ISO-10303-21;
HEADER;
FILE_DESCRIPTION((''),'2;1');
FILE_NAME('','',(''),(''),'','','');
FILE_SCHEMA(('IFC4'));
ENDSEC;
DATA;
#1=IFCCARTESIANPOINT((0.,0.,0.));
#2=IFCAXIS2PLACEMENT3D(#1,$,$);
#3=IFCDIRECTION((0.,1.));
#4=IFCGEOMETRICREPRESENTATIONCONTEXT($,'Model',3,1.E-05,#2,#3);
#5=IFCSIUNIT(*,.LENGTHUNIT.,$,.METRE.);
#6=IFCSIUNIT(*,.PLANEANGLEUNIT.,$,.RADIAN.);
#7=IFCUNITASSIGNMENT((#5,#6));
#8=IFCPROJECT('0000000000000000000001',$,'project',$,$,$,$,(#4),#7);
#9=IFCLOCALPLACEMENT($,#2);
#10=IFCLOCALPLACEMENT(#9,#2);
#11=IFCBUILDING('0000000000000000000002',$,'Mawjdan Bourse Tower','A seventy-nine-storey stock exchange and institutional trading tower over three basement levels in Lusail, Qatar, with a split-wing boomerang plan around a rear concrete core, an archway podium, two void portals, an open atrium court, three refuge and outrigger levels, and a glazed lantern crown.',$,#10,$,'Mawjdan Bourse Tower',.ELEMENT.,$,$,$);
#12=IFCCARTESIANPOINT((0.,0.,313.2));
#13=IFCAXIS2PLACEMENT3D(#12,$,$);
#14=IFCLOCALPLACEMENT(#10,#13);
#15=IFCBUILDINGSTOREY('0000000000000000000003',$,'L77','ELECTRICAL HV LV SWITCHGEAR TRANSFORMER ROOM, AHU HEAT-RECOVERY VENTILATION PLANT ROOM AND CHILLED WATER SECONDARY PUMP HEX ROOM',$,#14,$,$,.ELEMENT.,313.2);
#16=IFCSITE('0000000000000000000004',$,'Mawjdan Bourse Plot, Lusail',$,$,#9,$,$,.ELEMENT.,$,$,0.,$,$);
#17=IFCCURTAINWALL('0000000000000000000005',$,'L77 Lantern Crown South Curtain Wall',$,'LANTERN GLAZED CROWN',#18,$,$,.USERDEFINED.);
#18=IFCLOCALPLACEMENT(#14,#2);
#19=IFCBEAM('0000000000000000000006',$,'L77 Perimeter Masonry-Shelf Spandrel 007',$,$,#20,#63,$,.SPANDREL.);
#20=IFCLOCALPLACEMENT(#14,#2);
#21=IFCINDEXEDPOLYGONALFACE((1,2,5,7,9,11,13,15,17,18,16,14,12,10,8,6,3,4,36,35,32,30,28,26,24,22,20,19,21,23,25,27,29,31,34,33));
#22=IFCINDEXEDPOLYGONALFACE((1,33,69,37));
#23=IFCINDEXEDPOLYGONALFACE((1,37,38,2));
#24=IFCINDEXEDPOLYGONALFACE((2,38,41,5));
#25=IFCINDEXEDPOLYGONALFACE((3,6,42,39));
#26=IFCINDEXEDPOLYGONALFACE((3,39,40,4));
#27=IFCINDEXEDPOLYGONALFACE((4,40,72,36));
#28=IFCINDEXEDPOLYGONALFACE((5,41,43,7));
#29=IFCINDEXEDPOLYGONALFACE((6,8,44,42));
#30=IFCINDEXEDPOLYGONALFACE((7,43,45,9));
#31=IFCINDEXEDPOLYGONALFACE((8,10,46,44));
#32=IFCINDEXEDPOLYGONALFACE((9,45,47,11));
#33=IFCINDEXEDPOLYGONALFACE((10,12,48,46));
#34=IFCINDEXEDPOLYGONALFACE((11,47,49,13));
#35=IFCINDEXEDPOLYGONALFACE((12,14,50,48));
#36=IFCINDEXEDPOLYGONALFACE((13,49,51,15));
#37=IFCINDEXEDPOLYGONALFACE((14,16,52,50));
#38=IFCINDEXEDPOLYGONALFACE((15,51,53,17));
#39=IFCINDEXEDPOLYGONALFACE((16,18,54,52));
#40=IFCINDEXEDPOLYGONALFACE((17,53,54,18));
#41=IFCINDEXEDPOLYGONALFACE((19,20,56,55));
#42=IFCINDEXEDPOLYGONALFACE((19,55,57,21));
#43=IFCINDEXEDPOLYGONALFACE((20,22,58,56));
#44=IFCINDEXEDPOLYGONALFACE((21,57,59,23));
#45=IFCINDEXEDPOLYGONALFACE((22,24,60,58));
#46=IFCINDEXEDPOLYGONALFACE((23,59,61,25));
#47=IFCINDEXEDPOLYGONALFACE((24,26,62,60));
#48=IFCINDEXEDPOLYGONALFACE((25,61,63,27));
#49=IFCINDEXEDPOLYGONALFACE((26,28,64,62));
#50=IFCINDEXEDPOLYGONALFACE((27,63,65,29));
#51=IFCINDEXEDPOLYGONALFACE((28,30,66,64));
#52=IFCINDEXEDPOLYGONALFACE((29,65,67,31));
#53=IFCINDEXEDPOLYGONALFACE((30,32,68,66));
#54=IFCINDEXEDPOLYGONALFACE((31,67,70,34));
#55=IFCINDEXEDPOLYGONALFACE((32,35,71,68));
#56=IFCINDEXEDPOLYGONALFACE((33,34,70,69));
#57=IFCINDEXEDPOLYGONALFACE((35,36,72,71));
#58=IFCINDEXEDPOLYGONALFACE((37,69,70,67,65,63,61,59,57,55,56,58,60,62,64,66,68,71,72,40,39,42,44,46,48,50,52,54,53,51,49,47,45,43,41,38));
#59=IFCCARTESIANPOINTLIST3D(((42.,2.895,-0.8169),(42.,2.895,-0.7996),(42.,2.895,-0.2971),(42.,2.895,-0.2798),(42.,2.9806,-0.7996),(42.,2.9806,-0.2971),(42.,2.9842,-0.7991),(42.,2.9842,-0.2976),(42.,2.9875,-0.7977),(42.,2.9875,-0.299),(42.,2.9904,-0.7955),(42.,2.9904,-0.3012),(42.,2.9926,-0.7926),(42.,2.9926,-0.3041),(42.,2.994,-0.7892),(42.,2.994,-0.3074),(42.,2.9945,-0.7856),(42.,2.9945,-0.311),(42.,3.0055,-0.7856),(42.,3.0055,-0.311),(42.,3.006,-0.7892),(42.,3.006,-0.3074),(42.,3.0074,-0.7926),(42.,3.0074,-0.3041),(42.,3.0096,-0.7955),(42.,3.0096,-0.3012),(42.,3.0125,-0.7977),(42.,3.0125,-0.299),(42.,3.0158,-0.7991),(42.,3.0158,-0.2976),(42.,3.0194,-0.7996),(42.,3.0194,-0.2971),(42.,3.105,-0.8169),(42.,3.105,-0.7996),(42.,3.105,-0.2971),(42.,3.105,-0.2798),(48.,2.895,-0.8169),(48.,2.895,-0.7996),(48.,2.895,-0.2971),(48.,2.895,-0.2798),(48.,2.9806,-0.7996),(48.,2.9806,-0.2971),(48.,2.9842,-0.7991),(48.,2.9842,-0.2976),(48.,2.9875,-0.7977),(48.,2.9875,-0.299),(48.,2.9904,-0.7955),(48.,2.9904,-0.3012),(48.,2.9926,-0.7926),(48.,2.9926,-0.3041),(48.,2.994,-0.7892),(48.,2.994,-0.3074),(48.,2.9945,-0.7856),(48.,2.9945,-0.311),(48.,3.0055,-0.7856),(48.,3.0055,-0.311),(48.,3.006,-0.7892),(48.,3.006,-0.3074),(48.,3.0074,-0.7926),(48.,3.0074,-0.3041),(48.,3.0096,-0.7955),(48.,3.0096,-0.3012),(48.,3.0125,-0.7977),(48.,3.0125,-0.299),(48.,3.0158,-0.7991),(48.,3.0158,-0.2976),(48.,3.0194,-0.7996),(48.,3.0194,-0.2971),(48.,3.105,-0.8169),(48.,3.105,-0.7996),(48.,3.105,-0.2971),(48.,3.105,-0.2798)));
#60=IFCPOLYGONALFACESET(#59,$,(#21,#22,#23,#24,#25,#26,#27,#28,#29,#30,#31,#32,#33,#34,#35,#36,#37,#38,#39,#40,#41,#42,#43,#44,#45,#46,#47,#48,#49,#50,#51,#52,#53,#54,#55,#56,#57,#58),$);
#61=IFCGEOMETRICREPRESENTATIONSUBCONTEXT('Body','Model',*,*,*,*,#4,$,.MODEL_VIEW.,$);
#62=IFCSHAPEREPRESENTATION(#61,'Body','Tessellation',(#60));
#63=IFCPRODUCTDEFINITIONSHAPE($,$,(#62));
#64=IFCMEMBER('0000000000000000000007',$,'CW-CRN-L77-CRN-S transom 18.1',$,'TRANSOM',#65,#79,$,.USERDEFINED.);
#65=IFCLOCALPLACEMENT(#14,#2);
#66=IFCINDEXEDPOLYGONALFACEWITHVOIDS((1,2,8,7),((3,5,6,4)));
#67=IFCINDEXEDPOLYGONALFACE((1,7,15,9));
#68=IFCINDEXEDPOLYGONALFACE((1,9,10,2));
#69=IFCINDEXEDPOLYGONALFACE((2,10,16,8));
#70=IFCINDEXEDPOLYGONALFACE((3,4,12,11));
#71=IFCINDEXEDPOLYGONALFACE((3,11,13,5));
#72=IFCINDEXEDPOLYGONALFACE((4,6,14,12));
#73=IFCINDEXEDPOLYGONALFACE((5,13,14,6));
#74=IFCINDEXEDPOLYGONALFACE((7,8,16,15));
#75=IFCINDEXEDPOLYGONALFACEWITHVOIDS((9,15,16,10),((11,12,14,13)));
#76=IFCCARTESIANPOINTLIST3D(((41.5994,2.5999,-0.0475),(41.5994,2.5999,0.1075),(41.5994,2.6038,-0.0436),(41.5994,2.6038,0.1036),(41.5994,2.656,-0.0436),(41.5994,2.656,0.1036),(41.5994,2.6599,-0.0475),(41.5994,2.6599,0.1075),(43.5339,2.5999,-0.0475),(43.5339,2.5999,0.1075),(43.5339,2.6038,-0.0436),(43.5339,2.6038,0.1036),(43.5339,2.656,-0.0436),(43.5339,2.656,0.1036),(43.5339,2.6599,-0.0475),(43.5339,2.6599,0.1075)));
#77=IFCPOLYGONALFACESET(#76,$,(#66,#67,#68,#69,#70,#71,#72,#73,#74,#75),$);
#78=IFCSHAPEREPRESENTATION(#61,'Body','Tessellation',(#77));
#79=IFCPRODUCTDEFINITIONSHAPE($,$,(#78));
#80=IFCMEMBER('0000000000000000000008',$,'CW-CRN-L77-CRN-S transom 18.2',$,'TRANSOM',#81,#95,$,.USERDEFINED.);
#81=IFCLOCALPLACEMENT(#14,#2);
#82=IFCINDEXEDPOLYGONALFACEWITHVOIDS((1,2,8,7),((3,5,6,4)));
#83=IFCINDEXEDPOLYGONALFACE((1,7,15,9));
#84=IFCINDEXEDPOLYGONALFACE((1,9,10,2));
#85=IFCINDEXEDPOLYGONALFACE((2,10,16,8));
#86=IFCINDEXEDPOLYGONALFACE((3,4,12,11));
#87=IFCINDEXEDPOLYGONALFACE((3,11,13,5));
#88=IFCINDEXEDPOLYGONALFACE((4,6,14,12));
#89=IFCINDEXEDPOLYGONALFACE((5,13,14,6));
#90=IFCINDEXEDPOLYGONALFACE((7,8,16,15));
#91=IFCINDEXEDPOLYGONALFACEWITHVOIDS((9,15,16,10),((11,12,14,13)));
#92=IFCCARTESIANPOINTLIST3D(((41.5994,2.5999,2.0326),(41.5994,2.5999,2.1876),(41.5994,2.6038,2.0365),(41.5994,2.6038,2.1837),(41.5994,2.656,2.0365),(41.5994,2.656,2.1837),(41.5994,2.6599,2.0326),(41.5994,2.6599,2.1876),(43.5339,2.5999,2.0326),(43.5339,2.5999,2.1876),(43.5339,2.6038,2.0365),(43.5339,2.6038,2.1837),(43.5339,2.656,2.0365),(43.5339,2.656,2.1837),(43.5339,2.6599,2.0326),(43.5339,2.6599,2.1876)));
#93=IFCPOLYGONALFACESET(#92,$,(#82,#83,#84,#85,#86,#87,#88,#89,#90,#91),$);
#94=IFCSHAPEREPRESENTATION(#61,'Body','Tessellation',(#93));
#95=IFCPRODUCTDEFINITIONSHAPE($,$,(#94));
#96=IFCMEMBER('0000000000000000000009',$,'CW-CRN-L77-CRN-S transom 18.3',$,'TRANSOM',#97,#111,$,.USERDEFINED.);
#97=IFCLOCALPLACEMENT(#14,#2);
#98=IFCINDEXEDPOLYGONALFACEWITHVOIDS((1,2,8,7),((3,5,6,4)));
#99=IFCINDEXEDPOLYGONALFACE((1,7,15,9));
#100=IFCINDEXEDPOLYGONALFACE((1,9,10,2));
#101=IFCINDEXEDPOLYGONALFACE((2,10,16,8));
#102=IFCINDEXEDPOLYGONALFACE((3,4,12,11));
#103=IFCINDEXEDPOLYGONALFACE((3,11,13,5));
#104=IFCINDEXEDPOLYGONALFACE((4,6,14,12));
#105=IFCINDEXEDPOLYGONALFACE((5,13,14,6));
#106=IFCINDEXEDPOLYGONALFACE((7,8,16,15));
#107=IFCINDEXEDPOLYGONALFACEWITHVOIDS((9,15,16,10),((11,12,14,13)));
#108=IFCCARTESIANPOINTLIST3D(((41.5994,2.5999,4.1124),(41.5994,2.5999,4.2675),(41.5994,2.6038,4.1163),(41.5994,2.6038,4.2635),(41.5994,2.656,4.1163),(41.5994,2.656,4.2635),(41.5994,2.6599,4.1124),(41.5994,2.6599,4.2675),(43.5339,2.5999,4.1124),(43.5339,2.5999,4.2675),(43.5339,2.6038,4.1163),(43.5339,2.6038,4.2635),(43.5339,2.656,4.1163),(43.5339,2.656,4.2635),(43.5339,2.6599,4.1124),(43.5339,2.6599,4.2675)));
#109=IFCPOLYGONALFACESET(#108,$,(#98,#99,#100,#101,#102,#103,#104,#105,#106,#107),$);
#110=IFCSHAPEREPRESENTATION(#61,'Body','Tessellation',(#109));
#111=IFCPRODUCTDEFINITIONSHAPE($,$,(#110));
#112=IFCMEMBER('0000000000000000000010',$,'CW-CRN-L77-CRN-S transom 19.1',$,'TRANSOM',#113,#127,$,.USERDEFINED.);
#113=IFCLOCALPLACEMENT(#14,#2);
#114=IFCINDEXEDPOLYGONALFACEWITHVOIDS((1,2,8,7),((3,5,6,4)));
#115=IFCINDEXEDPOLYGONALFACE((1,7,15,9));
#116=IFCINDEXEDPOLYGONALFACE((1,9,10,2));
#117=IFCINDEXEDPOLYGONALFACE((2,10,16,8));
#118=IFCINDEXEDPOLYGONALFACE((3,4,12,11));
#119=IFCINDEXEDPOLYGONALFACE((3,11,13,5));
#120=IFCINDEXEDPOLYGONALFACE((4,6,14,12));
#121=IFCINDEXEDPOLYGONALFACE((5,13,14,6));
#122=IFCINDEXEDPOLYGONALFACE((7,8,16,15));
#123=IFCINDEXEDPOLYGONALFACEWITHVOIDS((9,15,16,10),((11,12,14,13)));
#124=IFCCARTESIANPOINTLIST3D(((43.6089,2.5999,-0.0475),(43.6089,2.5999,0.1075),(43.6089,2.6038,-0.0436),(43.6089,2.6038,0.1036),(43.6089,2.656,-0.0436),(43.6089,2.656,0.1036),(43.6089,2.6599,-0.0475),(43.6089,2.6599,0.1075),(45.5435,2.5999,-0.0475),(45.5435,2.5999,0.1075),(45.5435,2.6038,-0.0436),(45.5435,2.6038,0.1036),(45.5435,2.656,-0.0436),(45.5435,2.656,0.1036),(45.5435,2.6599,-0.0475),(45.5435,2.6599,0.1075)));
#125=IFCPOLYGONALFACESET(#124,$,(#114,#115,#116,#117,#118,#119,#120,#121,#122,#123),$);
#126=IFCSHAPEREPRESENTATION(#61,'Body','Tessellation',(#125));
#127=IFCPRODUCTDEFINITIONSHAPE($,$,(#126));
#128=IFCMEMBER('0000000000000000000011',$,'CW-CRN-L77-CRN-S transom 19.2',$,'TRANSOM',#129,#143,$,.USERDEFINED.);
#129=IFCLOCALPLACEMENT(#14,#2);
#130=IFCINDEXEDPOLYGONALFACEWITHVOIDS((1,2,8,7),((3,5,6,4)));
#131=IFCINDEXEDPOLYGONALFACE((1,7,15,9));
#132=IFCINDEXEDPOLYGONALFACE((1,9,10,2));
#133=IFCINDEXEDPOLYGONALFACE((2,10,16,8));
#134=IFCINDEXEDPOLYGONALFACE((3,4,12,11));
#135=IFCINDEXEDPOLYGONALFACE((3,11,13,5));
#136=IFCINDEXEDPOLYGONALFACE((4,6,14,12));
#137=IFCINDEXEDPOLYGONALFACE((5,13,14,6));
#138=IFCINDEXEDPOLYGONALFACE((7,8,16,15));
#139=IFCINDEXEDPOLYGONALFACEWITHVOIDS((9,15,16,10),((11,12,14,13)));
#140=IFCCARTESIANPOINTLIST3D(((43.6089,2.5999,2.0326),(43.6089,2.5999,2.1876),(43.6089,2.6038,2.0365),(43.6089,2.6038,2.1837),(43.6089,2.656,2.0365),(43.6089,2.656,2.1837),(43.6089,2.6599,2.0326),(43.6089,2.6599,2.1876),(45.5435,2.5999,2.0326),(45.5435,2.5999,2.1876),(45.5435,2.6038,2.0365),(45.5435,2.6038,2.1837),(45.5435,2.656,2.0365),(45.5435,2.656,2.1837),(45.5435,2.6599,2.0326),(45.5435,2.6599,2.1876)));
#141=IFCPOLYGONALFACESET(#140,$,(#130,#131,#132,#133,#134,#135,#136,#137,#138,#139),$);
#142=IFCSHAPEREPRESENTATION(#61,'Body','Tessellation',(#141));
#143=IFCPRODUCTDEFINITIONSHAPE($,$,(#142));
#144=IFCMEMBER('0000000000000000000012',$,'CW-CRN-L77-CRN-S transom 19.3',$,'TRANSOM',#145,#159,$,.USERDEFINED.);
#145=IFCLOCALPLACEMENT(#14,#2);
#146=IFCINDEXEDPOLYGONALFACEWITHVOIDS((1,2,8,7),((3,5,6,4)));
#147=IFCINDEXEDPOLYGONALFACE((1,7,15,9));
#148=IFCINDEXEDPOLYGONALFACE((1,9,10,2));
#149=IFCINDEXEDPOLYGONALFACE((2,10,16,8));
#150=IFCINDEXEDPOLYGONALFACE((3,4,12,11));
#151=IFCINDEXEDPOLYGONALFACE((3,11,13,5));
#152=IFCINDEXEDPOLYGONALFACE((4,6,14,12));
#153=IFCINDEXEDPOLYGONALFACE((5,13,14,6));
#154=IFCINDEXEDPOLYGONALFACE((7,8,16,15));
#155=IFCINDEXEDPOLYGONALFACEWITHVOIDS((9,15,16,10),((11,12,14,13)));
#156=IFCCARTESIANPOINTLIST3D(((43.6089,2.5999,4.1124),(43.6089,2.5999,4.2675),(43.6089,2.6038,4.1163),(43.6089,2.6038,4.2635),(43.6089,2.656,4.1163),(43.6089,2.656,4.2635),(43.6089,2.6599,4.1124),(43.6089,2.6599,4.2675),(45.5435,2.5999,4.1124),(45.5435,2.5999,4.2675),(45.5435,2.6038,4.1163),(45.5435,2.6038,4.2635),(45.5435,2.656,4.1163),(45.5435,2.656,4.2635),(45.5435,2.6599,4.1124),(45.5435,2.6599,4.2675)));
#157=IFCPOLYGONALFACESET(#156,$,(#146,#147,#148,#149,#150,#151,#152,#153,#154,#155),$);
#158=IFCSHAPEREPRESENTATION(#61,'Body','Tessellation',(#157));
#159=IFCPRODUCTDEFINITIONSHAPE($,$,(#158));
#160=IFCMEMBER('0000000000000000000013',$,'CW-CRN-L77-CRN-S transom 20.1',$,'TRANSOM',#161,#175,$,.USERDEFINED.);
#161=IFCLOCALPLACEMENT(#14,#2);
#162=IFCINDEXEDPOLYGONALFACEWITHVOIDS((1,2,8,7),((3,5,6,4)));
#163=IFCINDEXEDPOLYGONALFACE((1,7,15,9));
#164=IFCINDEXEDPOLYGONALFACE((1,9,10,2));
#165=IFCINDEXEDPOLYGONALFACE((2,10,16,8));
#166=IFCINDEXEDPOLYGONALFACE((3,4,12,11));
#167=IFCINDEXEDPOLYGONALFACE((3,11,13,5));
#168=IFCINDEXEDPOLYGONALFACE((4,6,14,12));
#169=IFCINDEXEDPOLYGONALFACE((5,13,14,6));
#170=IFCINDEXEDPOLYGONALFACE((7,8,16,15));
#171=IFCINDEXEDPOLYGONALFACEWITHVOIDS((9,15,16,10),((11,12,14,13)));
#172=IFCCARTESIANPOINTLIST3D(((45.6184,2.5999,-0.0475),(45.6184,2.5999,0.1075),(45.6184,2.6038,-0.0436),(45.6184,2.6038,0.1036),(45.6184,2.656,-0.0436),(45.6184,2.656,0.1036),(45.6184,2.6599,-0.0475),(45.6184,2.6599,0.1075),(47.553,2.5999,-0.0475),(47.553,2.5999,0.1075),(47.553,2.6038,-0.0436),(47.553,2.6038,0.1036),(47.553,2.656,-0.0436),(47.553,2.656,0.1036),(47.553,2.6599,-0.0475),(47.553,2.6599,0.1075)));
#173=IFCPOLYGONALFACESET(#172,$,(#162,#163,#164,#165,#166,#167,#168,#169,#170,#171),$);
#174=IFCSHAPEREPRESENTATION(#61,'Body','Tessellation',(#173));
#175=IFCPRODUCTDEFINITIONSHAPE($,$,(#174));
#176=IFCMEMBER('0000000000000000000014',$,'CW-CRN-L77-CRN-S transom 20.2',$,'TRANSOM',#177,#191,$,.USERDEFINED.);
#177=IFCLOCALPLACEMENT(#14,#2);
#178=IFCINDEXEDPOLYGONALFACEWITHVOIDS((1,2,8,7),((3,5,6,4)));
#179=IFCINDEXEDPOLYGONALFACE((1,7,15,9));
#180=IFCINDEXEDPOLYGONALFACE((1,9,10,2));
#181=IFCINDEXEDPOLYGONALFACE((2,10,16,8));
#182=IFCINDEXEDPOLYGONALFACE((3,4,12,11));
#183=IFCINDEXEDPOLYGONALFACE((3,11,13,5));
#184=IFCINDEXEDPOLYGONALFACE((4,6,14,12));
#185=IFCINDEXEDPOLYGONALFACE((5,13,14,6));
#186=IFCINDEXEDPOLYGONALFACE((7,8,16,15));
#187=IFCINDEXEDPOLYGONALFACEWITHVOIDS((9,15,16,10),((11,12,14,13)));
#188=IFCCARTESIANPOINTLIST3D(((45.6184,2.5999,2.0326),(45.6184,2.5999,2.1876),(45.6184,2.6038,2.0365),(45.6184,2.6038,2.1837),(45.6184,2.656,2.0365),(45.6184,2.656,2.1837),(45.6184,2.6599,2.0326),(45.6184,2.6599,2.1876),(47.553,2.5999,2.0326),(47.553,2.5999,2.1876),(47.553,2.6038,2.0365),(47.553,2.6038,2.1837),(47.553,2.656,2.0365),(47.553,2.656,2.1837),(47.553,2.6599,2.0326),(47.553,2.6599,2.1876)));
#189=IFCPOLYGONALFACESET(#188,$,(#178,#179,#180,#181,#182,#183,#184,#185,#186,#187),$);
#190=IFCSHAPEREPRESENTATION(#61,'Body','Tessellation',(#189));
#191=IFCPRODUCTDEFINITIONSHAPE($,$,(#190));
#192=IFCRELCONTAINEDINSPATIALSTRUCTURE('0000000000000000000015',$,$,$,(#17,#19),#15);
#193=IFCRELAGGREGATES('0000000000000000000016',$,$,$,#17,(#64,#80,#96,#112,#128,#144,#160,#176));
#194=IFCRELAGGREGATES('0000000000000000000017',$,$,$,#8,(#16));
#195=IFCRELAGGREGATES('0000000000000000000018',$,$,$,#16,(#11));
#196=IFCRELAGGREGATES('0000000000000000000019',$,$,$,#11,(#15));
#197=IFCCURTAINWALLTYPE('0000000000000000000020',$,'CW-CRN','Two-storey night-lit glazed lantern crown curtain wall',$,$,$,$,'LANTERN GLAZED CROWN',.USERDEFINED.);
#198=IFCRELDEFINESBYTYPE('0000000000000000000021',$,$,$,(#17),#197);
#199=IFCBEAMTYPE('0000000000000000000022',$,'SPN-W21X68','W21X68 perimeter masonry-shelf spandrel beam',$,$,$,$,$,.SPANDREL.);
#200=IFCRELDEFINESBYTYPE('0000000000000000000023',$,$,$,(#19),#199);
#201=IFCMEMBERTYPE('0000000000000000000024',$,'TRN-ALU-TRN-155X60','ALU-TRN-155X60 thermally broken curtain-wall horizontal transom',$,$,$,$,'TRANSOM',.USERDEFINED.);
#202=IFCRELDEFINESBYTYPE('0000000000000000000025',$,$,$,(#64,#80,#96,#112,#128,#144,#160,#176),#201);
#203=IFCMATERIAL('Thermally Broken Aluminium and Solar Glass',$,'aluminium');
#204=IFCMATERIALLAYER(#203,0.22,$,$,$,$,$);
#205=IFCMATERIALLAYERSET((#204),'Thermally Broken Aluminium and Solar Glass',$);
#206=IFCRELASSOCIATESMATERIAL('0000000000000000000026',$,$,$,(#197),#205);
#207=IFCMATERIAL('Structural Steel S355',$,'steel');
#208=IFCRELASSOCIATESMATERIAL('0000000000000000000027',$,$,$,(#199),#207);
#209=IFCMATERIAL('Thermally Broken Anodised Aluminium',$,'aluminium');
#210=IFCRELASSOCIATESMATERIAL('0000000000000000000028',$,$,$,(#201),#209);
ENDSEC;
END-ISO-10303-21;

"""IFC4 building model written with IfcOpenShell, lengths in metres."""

from ifc_helpers import new_model, si_unit, direction, frame, origin, origin_2d, place, context, subcontext, project, spatial, hollow_rectangle, i_section, extrude, material, layer, layer_set, material_profile, profile_set, type_object, element, aggregate, save


model = new_model("IFC4")

# Units and contexts
model_context = context("Model", 3, precision=1e-05, world=origin(), true_north=direction((0.0, 1.0)))
body_context = subcontext(model_context, "Body", "Model", "MODEL_VIEW")
ifc_project = project(units=[si_unit("LENGTHUNIT", "METRE"), si_unit("PLANEANGLEUNIT", "RADIAN")], contexts=[model_context])

# Site, building, storey
site_placement = place(None, origin())
site = spatial("IfcSite", under=ifc_project, at=site_placement, Name="Mawjdan Bourse Plot, Lusail", CompositionType="ELEMENT", RefElevation=0.0)
building_placement = place(site_placement, origin())
building = spatial("IfcBuilding", under=site, at=building_placement, Name="Mawjdan Bourse Tower", Description="A seventy-nine-storey stock exchange and institutional trading tower over three basement levels in Lusail, Qatar, with a split-wing boomerang plan around a rear concrete core, an archway podium, two void portals, an open atrium court, three refuge and outrigger levels, and a glazed lantern crown.", LongName="Mawjdan Bourse Tower", CompositionType="ELEMENT")
storey_placement = place(building_placement, frame((0.0, 0.0, 313.2)))
storey = spatial("IfcBuildingStorey", under=building, at=storey_placement, Name="L77", Description="ELECTRICAL HV LV SWITCHGEAR TRANSFORMER ROOM, AHU HEAT-RECOVERY VENTILATION PLANT ROOM AND CHILLED WATER SECONDARY PUMP HEX ROOM", CompositionType="ELEMENT", Elevation=313.2)

# Shared definitions
ifc_material_1 = material(Name="Structural Steel S355", Category="steel")

# Curtain wall
ifc_material_2 = material(Name="Thermally Broken Aluminium and Solar Glass", Category="aluminium")
ifc_layer_1 = layer(ifc_material_2, 0.22)
ifc_layer_set_1 = layer_set([ifc_layer_1], Name="Thermally Broken Aluminium and Solar Glass")
curtain_wall_type = type_object("IfcCurtainWallType", Name="CW-CRN", Description="Two-storey night-lit glazed lantern crown curtain wall", ElementType="LANTERN GLAZED CROWN", PredefinedType="USERDEFINED", material=ifc_layer_set_1)
curtain_wall_placement = place(storey_placement, origin())
curtain_wall = element("IfcCurtainWall", 1, at=curtain_wall_placement, inside=storey, type_object=curtain_wall_type, Name="L77 Lantern Crown South Curtain Wall", ObjectType="LANTERN GLAZED CROWN", PredefinedType="USERDEFINED")
ifc_material_3 = material(Name="Thermally Broken Anodised Aluminium", Category="aluminium")

# Beam
ifc_material_profile_1 = material_profile(ifc_material_1, i_section(OverallWidth=0.21, OverallDepth=0.5371, WebThickness=0.011, FlangeThickness=0.0173, FilletRadius=0.0139, at=origin_2d()), Name="W21X68")
ifc_profile_set_1 = profile_set([ifc_material_profile_1], Name="Structural Steel S355")
beam_type_1 = type_object("IfcBeamType", Name="SPN-W21X68", Description="W21X68 perimeter masonry-shelf spandrel beam", PredefinedType="SPANDREL", material=ifc_profile_set_1)
beam_1_placement = place(storey_placement, frame((42.0, 3.0, -0.5483), z_axis=(1.0, 0.0, 0.0), x_axis=(0.0, 1.0, 0.0)))
element("IfcBeam", 2, at=beam_1_placement, inside=storey, type_object=beam_type_1, Name="L77 Perimeter Masonry-Shelf Spandrel 007", PredefinedType="SPANDREL", context=body_context, shape_type="SweptSolid", body=[
    extrude(i_section(OverallWidth=0.21, OverallDepth=0.5371, WebThickness=0.011, FlangeThickness=0.0173, FilletRadius=0.0139, at=origin_2d()), origin(), (0.0, 0.0, 1.0), 6.0),
])

# Members
ifc_material_profile_2 = material_profile(ifc_material_3, hollow_rectangle(XDim=0.0601, YDim=0.155, WallThickness=0.0039, at=origin_2d()), Name="ALU-TRN-155X60")
ifc_profile_set_2 = profile_set([ifc_material_profile_2], Name="Thermally Broken Anodised Aluminium")
member_type_1 = type_object("IfcMemberType", Name="TRN-ALU-TRN-155X60", Description="ALU-TRN-155X60 thermally broken curtain-wall horizontal transom", ElementType="TRANSOM", PredefinedType="USERDEFINED", material=ifc_profile_set_2)
member_1_placement = place(storey_placement, frame((41.5994, 2.6299, 0.03), z_axis=(1.0, 0.0, 0.0), x_axis=(0.0, 1.0, 0.0)))
member_1 = element("IfcMember", 3, at=member_1_placement, type_object=member_type_1, Name="CW-CRN-L77-CRN-S transom 18.1", ObjectType="TRANSOM", PredefinedType="USERDEFINED", context=body_context, shape_type="SweptSolid", body=[
    extrude(hollow_rectangle(XDim=0.0601, YDim=0.155, WallThickness=0.0039, at=origin_2d()), origin(), (0.0, 0.0, 1.0), 1.9346),
])
member_2_placement = place(storey_placement, frame((41.5994, 2.6299, 2.1101), z_axis=(1.0, 0.0, 0.0), x_axis=(0.0, 1.0, 0.0)))
member_2 = element("IfcMember", 4, at=member_2_placement, type_object=member_type_1, Name="CW-CRN-L77-CRN-S transom 18.2", ObjectType="TRANSOM", PredefinedType="USERDEFINED", context=body_context, shape_type="SweptSolid", body=[
    extrude(hollow_rectangle(XDim=0.0601, YDim=0.155, WallThickness=0.0039, at=origin_2d()), origin(), (0.0, 0.0, 1.0), 1.9346),
])
member_3_placement = place(storey_placement, frame((41.5994, 2.6299, 4.1899), z_axis=(1.0, 0.0, 0.0), x_axis=(0.0, 1.0, 0.0)))
member_3 = element("IfcMember", 5, at=member_3_placement, type_object=member_type_1, Name="CW-CRN-L77-CRN-S transom 18.3", ObjectType="TRANSOM", PredefinedType="USERDEFINED", context=body_context, shape_type="SweptSolid", body=[
    extrude(hollow_rectangle(XDim=0.0601, YDim=0.155, WallThickness=0.0039, at=origin_2d()), origin(), (0.0, 0.0, 1.0), 1.9346),
])
member_4_placement = place(storey_placement, frame((43.6089, 2.6299, 0.03), z_axis=(1.0, 0.0, 0.0), x_axis=(0.0, 1.0, 0.0)))
member_4 = element("IfcMember", 6, at=member_4_placement, type_object=member_type_1, Name="CW-CRN-L77-CRN-S transom 19.1", ObjectType="TRANSOM", PredefinedType="USERDEFINED", context=body_context, shape_type="SweptSolid", body=[
    extrude(hollow_rectangle(XDim=0.0601, YDim=0.155, WallThickness=0.0039, at=origin_2d()), origin(), (0.0, 0.0, 1.0), 1.9346),
])
member_5_placement = place(storey_placement, frame((43.6089, 2.6299, 2.1101), z_axis=(1.0, 0.0, 0.0), x_axis=(0.0, 1.0, 0.0)))
member_5 = element("IfcMember", 7, at=member_5_placement, type_object=member_type_1, Name="CW-CRN-L77-CRN-S transom 19.2", ObjectType="TRANSOM", PredefinedType="USERDEFINED", context=body_context, shape_type="SweptSolid", body=[
    extrude(hollow_rectangle(XDim=0.0601, YDim=0.155, WallThickness=0.0039, at=origin_2d()), origin(), (0.0, 0.0, 1.0), 1.9346),
])
member_6_placement = place(storey_placement, frame((43.6089, 2.6299, 4.1899), z_axis=(1.0, 0.0, 0.0), x_axis=(0.0, 1.0, 0.0)))
member_6 = element("IfcMember", 8, at=member_6_placement, type_object=member_type_1, Name="CW-CRN-L77-CRN-S transom 19.3", ObjectType="TRANSOM", PredefinedType="USERDEFINED", context=body_context, shape_type="SweptSolid", body=[
    extrude(hollow_rectangle(XDim=0.0601, YDim=0.155, WallThickness=0.0039, at=origin_2d()), origin(), (0.0, 0.0, 1.0), 1.9346),
])
member_7_placement = place(storey_placement, frame((45.6184, 2.6299, 0.03), z_axis=(1.0, 0.0, 0.0), x_axis=(0.0, 1.0, 0.0)))
member_7 = element("IfcMember", 9, at=member_7_placement, type_object=member_type_1, Name="CW-CRN-L77-CRN-S transom 20.1", ObjectType="TRANSOM", PredefinedType="USERDEFINED", context=body_context, shape_type="SweptSolid", body=[
    extrude(hollow_rectangle(XDim=0.0601, YDim=0.155, WallThickness=0.0039, at=origin_2d()), origin(), (0.0, 0.0, 1.0), 1.9346),
])
member_8_placement = place(storey_placement, frame((45.6184, 2.6299, 2.1101), z_axis=(1.0, 0.0, 0.0), x_axis=(0.0, 1.0, 0.0)))
member_8 = element("IfcMember", 10, at=member_8_placement, type_object=member_type_1, Name="CW-CRN-L77-CRN-S transom 20.2", ObjectType="TRANSOM", PredefinedType="USERDEFINED", context=body_context, shape_type="SweptSolid", body=[
    extrude(hollow_rectangle(XDim=0.0601, YDim=0.155, WallThickness=0.0039, at=origin_2d()), origin(), (0.0, 0.0, 1.0), 1.9346),
])

aggregate(curtain_wall, [member_1, member_2, member_3, member_4, member_5, member_6, member_7, member_8])

save(model, "model.ifc")
